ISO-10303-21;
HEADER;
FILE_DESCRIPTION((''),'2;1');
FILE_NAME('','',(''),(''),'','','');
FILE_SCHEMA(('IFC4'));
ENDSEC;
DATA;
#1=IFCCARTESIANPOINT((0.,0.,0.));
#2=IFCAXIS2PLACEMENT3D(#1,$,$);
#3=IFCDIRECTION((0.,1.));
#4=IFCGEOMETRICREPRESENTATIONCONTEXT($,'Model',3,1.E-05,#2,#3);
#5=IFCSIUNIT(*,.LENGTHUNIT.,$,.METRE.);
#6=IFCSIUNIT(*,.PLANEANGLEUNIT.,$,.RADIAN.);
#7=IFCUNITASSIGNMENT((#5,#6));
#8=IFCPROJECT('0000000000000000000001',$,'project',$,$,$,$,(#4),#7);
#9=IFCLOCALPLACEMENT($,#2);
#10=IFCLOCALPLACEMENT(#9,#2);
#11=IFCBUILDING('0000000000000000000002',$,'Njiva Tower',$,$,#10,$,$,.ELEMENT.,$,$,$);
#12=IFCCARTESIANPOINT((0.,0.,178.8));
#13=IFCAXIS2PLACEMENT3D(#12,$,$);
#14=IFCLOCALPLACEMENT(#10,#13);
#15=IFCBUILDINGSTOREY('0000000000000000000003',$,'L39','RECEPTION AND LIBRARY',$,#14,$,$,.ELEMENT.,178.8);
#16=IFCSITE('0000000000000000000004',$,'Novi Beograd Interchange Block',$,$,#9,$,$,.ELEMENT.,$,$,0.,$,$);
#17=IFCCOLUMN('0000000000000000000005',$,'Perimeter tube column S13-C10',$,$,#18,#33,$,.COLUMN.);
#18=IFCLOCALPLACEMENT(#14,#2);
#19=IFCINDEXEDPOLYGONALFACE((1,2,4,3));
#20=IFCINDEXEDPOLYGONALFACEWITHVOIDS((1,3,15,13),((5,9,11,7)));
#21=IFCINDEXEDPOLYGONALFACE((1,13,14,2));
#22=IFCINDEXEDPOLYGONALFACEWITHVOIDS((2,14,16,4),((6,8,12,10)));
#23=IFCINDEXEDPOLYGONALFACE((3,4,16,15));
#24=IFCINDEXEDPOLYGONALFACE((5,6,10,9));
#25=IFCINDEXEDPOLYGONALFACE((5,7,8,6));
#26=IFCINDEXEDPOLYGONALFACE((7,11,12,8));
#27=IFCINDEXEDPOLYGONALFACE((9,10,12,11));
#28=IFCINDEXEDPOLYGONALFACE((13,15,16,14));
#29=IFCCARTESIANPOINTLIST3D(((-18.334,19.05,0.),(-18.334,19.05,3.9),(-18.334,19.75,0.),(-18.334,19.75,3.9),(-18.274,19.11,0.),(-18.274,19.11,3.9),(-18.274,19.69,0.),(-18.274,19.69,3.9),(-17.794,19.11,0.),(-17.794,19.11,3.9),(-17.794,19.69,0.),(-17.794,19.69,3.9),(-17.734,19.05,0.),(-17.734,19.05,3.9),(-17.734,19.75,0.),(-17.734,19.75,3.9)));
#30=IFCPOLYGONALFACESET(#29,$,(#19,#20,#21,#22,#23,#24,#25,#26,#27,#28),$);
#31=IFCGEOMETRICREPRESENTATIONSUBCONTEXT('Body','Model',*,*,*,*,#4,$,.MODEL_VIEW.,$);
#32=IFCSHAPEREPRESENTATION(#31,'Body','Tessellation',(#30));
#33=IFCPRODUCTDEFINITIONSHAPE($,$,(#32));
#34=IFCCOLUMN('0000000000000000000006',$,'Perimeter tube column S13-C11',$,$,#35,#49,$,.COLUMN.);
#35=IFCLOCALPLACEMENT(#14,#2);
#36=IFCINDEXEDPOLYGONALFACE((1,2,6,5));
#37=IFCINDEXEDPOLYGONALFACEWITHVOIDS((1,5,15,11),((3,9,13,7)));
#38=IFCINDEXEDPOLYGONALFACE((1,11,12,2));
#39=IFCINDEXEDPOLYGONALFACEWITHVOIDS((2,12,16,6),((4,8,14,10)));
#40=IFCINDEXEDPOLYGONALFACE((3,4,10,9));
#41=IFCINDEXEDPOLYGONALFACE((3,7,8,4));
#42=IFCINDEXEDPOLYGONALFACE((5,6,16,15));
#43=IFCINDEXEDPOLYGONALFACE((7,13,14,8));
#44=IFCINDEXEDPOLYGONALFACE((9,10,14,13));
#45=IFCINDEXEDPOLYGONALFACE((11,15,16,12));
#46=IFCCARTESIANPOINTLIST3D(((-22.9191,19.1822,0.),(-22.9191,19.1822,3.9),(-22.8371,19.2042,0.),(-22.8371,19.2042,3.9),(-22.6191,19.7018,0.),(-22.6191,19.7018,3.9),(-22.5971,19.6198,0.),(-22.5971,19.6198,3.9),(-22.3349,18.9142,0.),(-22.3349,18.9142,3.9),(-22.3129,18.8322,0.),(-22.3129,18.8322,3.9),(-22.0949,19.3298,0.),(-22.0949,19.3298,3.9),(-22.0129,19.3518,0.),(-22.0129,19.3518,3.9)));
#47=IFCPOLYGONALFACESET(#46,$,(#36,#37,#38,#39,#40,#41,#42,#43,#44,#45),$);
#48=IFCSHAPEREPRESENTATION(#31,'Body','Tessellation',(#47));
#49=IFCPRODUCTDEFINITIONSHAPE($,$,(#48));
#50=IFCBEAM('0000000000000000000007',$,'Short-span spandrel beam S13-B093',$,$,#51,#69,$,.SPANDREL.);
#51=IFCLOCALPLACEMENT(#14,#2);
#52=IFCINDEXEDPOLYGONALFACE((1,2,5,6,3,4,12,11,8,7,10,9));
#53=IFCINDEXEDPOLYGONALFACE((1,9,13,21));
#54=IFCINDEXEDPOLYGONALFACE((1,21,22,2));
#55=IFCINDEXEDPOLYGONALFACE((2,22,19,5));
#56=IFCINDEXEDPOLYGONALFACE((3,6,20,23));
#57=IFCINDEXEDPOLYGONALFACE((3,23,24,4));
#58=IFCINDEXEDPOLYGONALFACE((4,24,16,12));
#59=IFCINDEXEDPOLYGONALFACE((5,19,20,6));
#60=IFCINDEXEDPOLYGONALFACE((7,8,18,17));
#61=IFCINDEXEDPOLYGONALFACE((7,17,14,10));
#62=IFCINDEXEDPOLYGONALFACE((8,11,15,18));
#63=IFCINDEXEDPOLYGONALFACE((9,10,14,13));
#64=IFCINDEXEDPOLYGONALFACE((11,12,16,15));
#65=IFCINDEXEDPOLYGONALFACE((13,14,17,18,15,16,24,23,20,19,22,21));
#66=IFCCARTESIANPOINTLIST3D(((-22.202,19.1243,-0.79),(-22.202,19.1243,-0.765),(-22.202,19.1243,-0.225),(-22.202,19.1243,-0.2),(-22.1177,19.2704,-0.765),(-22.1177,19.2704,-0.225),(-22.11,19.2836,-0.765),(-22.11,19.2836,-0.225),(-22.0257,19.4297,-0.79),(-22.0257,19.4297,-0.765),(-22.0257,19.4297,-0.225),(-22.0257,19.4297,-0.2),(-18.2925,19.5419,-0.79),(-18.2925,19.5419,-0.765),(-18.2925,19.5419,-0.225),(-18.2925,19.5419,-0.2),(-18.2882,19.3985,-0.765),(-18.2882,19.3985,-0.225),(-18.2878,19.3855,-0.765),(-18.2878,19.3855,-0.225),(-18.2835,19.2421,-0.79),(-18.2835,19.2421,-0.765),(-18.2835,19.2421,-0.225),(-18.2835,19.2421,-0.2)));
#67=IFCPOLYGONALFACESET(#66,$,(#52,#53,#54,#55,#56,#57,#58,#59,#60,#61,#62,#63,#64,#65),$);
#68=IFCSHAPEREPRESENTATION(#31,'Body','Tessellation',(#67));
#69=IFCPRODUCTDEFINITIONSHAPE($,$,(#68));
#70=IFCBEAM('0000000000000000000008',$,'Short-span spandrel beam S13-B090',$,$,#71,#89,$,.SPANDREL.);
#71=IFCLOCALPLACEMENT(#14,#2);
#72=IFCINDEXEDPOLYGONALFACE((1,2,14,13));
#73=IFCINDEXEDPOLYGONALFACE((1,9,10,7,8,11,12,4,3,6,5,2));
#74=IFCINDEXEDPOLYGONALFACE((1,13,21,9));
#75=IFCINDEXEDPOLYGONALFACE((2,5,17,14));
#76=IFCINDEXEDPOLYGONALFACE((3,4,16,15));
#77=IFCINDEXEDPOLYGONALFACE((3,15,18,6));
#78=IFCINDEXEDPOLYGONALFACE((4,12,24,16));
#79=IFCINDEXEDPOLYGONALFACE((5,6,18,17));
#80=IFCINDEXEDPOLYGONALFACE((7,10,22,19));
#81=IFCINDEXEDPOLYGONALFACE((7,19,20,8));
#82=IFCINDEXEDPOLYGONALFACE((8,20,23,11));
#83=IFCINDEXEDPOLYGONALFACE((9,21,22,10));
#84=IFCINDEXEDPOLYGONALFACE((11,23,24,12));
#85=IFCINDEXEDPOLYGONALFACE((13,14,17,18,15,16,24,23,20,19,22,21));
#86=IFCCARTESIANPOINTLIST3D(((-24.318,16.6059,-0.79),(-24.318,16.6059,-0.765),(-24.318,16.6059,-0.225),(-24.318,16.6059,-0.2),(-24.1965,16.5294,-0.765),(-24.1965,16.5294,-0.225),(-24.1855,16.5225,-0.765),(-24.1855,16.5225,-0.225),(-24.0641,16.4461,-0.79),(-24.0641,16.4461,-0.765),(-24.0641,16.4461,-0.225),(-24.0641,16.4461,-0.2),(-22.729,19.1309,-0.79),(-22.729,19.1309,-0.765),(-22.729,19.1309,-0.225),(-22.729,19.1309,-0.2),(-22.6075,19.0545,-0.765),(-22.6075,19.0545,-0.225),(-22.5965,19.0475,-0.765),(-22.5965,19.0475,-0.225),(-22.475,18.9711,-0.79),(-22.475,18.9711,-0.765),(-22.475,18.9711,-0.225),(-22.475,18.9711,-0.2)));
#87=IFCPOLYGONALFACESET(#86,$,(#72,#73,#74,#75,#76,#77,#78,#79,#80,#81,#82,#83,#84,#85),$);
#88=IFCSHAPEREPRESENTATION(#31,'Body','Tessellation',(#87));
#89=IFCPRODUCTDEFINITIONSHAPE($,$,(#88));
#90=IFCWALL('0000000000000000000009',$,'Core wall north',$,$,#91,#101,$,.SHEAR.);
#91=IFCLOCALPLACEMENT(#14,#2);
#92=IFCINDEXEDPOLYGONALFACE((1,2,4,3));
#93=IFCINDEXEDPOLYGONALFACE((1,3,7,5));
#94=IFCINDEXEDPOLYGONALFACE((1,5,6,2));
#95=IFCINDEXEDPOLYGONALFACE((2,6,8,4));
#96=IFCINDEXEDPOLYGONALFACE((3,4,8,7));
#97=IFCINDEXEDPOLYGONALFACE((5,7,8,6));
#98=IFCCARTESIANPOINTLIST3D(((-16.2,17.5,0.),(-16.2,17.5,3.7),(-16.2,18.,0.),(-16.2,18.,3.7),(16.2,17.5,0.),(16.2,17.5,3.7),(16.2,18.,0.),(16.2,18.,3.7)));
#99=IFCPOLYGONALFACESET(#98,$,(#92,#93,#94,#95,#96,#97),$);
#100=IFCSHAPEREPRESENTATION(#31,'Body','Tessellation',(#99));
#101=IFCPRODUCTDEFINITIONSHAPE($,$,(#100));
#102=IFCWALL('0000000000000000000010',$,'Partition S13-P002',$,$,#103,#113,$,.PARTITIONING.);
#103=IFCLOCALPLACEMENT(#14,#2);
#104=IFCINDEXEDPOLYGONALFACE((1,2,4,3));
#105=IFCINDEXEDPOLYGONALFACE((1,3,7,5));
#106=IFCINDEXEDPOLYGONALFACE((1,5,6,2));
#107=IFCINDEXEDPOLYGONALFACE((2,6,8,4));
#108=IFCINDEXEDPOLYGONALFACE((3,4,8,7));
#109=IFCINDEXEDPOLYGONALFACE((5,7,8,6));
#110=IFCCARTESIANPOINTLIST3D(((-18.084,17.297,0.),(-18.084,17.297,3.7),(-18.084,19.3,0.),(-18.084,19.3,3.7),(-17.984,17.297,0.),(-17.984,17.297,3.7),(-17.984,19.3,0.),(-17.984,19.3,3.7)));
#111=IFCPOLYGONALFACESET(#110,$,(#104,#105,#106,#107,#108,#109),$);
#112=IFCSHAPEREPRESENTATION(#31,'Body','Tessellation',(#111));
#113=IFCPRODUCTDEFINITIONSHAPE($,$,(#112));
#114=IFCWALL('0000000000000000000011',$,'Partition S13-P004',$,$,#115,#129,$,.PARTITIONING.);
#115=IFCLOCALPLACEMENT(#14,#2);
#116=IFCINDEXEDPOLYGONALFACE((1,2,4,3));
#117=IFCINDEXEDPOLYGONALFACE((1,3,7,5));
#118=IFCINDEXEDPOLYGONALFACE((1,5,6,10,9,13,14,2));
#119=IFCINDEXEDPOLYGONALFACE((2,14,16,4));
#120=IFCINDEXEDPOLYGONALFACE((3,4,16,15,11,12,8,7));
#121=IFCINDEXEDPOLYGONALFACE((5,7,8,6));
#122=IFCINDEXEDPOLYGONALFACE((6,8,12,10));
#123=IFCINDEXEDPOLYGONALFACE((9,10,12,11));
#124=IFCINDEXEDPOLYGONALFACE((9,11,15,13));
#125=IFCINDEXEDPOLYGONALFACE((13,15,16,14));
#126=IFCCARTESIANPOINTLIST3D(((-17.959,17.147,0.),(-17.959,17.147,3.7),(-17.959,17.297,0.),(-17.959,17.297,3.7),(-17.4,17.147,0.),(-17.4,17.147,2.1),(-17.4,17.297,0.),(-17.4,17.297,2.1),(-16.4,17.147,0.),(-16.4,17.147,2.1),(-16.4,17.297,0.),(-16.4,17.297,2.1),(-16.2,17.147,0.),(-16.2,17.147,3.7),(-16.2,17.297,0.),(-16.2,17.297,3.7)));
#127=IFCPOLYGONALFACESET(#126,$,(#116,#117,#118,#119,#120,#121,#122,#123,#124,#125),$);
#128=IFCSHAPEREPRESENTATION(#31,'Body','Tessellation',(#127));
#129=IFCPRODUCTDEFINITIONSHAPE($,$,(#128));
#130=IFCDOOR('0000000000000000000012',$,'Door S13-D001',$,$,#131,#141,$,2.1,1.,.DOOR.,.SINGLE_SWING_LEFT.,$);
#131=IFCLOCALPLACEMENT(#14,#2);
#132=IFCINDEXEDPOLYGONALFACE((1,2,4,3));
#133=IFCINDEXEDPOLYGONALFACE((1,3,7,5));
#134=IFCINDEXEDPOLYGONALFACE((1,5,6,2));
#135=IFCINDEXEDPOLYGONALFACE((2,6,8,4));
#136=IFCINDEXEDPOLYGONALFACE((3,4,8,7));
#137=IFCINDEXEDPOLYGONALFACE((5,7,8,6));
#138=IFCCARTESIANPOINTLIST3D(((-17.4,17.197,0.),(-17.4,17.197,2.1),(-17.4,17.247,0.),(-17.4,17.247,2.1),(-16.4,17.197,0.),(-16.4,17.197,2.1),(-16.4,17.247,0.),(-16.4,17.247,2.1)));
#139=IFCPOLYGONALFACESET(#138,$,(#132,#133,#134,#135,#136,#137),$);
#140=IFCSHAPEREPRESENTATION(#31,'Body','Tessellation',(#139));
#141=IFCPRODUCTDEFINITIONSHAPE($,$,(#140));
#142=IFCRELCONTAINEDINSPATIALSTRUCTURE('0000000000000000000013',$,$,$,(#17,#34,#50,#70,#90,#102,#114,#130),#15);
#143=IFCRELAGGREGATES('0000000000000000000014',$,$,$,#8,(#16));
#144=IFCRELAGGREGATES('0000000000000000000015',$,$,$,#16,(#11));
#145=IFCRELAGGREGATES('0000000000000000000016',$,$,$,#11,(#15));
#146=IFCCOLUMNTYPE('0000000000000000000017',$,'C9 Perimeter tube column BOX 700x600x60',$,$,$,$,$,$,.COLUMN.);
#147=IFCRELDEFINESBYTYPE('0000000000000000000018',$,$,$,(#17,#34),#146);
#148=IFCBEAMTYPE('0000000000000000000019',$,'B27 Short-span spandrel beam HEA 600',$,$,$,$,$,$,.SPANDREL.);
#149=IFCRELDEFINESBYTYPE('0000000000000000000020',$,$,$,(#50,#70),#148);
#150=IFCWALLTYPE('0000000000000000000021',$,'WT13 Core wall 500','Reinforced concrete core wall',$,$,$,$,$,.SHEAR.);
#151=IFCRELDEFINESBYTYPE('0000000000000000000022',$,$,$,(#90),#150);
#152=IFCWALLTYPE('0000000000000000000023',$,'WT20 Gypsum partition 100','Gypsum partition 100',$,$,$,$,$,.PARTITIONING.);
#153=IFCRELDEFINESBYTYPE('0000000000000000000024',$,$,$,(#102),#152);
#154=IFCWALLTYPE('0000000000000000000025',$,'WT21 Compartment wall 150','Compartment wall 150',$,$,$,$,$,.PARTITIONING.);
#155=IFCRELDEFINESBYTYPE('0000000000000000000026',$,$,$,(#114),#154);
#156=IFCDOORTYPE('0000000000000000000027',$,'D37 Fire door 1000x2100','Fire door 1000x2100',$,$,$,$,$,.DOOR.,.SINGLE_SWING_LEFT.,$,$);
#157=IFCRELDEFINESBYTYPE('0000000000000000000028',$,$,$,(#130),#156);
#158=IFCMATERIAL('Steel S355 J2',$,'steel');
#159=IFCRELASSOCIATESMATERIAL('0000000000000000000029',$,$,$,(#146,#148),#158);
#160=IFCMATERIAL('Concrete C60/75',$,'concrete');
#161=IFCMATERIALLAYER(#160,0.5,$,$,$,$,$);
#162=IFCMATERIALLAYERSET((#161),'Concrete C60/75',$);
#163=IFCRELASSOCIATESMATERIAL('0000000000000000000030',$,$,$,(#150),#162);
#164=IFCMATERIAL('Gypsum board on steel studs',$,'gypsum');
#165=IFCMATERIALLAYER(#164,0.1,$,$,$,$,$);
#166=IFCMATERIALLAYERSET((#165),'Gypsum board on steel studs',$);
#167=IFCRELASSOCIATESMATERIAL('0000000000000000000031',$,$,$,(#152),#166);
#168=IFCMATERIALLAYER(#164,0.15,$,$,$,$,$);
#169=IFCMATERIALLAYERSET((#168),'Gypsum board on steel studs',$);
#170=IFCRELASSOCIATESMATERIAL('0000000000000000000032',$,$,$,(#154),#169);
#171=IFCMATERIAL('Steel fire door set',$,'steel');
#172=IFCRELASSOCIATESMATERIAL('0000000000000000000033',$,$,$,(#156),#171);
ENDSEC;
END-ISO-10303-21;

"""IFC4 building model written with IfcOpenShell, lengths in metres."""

from ifc_helpers import new_model, si_unit, direction, frame, frame_2d, origin, origin_2d, place, context, subcontext, project, spatial, rectangle, hollow_rectangle, i_section, extrude, clip, halfspace, material, layer, layer_set, material_profile, profile_set, type_object, element, fill, save


model = new_model("IFC4")

# Units and contexts
model_context = context("Model", 3, precision=1e-05, world=origin(), true_north=direction((0.0, 1.0)))
body_context = subcontext(model_context, "Body", "Model", "MODEL_VIEW")
ifc_project = project(units=[si_unit("LENGTHUNIT", "METRE"), si_unit("PLANEANGLEUNIT", "RADIAN")], contexts=[model_context])

# Site, building, storey
site_placement = place(None, origin())
site = spatial("IfcSite", under=ifc_project, at=site_placement, Name="Novi Beograd Interchange Block", CompositionType="ELEMENT", RefElevation=0.0)
building_placement = place(site_placement, origin())
building = spatial("IfcBuilding", under=site, at=building_placement, Name="Njiva Tower", CompositionType="ELEMENT")
storey_placement = place(building_placement, frame((0.0, 0.0, 178.8)))
storey = spatial("IfcBuildingStorey", under=building, at=storey_placement, Name="L39", Description="RECEPTION AND LIBRARY", CompositionType="ELEMENT", Elevation=178.8)

# Columns
ifc_material_1 = material(Name="Steel S355 J2", Category="steel")
ifc_material_profile_1 = material_profile(ifc_material_1, hollow_rectangle(XDim=0.6, YDim=0.7, WallThickness=0.06, at=origin_2d()), Name="BOX 700x600x60")
ifc_profile_set_1 = profile_set([ifc_material_profile_1], Name="Steel S355 J2")
column_type = type_object("IfcColumnType", Name="C9 Perimeter tube column BOX 700x600x60", PredefinedType="COLUMN", material=ifc_profile_set_1)
for number, where, z_axis, x_axis, name in (
    (1, (-18.034, 19.4, 0.0), (0.0, 0.0, 1.0), (-1.0, 0.0, 0.0), "Perimeter tube column S13-C10"),
    (2, (-22.466, 19.267, 0.0), (0.0, 0.0, 1.0), (-0.5, -0.866025, 0.0), "Perimeter tube column S13-C11"),
):
    element("IfcColumn", number, at=place(storey_placement, frame(where, z_axis=z_axis, x_axis=x_axis)), inside=storey, type_object=column_type, Name=name, PredefinedType="COLUMN", context=body_context, shape_type="SweptSolid", body=[
        extrude(hollow_rectangle(XDim=0.6, YDim=0.7, WallThickness=0.06, at=origin_2d()), origin(), (0.0, 0.0, 1.0), 3.9),
    ])

# Beams
ifc_material_profile_2 = material_profile(ifc_material_1, i_section(OverallWidth=0.3, OverallDepth=0.59, WebThickness=0.013, FlangeThickness=0.025, at=origin_2d()), Name="HEA 600")
ifc_profile_set_2 = profile_set([ifc_material_profile_2], Name="Steel S355 J2")
beam_type = type_object("IfcBeamType", Name="B27 Short-span spandrel beam HEA 600", PredefinedType="SPANDREL", material=ifc_profile_set_2)
beam_1_placement = place(storey_placement, frame((-18.288, 19.392, -0.495), z_axis=(-0.999549, -0.030044, 0.0), x_axis=(0.030044, -0.999549, 0.0)))
element("IfcBeam", 3, at=beam_1_placement, inside=storey, type_object=beam_type, Name="Short-span spandrel beam S13-B093", PredefinedType="SPANDREL", context=body_context, shape_type="Clipping", body=[
    clip(extrude(i_section(OverallWidth=0.3, OverallDepth=0.59, WebThickness=0.013, FlangeThickness=0.025, at=origin_2d()), origin(), (0.0, 0.0, 1.0), 3.9407), halfspace(frame((-0.0268, 0.0, 3.811), z_axis=(-0.525791, 0.0, 0.850614), x_axis=(0.0, 1.0, 0.0)), False)),
])
beam_2_placement = place(storey_placement, frame((-22.602, 19.051, -0.495), z_axis=(-0.532618, -0.846356, 0.0), x_axis=(0.846356, -0.532618, 0.0)))
element("IfcBeam", 4, at=beam_2_placement, inside=storey, type_object=beam_type, Name="Short-span spandrel beam S13-B090", PredefinedType="SPANDREL", context=body_context, shape_type="SweptSolid", body=[
    extrude(i_section(OverallWidth=0.3, OverallDepth=0.59, WebThickness=0.013, FlangeThickness=0.025, at=origin_2d()), origin(), (0.0, 0.0, 1.0), 2.9834),
])

# Walls
ifc_material_2 = material(Name="Concrete C60/75", Category="concrete")
ifc_layer_1 = layer(ifc_material_2, 0.5)
ifc_layer_set_1 = layer_set([ifc_layer_1], Name="Concrete C60/75")
wall_type_1 = type_object("IfcWallType", Name="WT13 Core wall 500", Description="Reinforced concrete core wall", PredefinedType="SHEAR", material=ifc_layer_set_1)
wall_1_placement = place(storey_placement, frame((-16.2, 17.75, 0.0), z_axis=(0.0, 0.0, 1.0), x_axis=(1.0, 0.0, 0.0)))
element("IfcWall", 5, at=wall_1_placement, inside=storey, type_object=wall_type_1, Name="Core wall north", PredefinedType="SHEAR", context=body_context, shape_type="SweptSolid", body=[
    extrude(rectangle(XDim=32.4, YDim=0.5, at=frame_2d((16.2, 0.0))), origin(), (0.0, 0.0, 1.0), 3.7),
])
ifc_material_3 = material(Name="Gypsum board on steel studs", Category="gypsum")
ifc_layer_2 = layer(ifc_material_3, 0.1)
ifc_layer_set_2 = layer_set([ifc_layer_2], Name="Gypsum board on steel studs")
wall_type_2 = type_object("IfcWallType", Name="WT20 Gypsum partition 100", Description="Gypsum partition 100", PredefinedType="PARTITIONING", material=ifc_layer_set_2)
wall_2_placement = place(storey_placement, frame((-18.034, 17.297, 0.0), z_axis=(0.0, 0.0, 1.0), x_axis=(0.0, 1.0, 0.0)))
element("IfcWall", 6, at=wall_2_placement, inside=storey, type_object=wall_type_2, Name="Partition S13-P002", PredefinedType="PARTITIONING", context=body_context, shape_type="SweptSolid", body=[
    extrude(rectangle(XDim=2.003, YDim=0.1, at=frame_2d((1.0015, 0.0))), origin(), (0.0, 0.0, 1.0), 3.7),
])

# Wall, opening, door
ifc_layer_3 = layer(ifc_material_3, 0.15)
ifc_layer_set_3 = layer_set([ifc_layer_3], Name="Gypsum board on steel studs")
wall_type_3 = type_object("IfcWallType", Name="WT21 Compartment wall 150", Description="Compartment wall 150", PredefinedType="PARTITIONING", material=ifc_layer_set_3)
wall_3_placement = place(storey_placement, frame((-17.959, 17.222, 0.0), z_axis=(0.0, 0.0, 1.0), x_axis=(1.0, 0.0, 0.0)))
wall_3 = element("IfcWall", 7, at=wall_3_placement, inside=storey, type_object=wall_type_3, Name="Partition S13-P004", PredefinedType="PARTITIONING", context=body_context, shape_type="SweptSolid", body=[
    extrude(rectangle(XDim=1.759, YDim=0.15, at=frame_2d((0.8795, 0.0))), origin(), (0.0, 0.0, 1.0), 3.7),
])
opening_1_placement = place(wall_3_placement, frame((0.559, 0.0, 0.0)))
opening_1 = element("IfcOpeningElement", 8, at=opening_1_placement, cuts=wall_3, PredefinedType="OPENING", context=body_context, shape_type="SweptSolid", body=[
    extrude(rectangle(XDim=1.0, YDim=2.1, at=frame_2d((0.5, 1.05))), frame((0.0, 0.085, 0.0), z_axis=(0.0, -1.0, 0.0), x_axis=(1.0, 0.0, 0.0)), (0.0, 0.0, 1.0), 0.17),
])
ifc_material_4 = material(Name="Steel fire door set", Category="steel")
door_type = type_object("IfcDoorType", Name="D37 Fire door 1000x2100", Description="Fire door 1000x2100", OperationType="SINGLE_SWING_LEFT", PredefinedType="DOOR", material=ifc_material_4)
door_placement = place(opening_1_placement, origin())
door = element("IfcDoor", 9, at=door_placement, inside=storey, type_object=door_type, Name="Door S13-D001", OperationType="SINGLE_SWING_LEFT", OverallHeight=2.1, OverallWidth=1.0, PredefinedType="DOOR", context=body_context, shape_type="SweptSolid", body=[
    extrude(rectangle(XDim=1.0, YDim=2.1, at=frame_2d((0.5, 1.05))), frame((0.0, 0.025, 0.0), z_axis=(0.0, -1.0, 0.0), x_axis=(1.0, 0.0, 0.0)), (0.0, 0.0, 1.0), 0.05),
])
fill(opening_1, door)

save(model, "model.ifc")
